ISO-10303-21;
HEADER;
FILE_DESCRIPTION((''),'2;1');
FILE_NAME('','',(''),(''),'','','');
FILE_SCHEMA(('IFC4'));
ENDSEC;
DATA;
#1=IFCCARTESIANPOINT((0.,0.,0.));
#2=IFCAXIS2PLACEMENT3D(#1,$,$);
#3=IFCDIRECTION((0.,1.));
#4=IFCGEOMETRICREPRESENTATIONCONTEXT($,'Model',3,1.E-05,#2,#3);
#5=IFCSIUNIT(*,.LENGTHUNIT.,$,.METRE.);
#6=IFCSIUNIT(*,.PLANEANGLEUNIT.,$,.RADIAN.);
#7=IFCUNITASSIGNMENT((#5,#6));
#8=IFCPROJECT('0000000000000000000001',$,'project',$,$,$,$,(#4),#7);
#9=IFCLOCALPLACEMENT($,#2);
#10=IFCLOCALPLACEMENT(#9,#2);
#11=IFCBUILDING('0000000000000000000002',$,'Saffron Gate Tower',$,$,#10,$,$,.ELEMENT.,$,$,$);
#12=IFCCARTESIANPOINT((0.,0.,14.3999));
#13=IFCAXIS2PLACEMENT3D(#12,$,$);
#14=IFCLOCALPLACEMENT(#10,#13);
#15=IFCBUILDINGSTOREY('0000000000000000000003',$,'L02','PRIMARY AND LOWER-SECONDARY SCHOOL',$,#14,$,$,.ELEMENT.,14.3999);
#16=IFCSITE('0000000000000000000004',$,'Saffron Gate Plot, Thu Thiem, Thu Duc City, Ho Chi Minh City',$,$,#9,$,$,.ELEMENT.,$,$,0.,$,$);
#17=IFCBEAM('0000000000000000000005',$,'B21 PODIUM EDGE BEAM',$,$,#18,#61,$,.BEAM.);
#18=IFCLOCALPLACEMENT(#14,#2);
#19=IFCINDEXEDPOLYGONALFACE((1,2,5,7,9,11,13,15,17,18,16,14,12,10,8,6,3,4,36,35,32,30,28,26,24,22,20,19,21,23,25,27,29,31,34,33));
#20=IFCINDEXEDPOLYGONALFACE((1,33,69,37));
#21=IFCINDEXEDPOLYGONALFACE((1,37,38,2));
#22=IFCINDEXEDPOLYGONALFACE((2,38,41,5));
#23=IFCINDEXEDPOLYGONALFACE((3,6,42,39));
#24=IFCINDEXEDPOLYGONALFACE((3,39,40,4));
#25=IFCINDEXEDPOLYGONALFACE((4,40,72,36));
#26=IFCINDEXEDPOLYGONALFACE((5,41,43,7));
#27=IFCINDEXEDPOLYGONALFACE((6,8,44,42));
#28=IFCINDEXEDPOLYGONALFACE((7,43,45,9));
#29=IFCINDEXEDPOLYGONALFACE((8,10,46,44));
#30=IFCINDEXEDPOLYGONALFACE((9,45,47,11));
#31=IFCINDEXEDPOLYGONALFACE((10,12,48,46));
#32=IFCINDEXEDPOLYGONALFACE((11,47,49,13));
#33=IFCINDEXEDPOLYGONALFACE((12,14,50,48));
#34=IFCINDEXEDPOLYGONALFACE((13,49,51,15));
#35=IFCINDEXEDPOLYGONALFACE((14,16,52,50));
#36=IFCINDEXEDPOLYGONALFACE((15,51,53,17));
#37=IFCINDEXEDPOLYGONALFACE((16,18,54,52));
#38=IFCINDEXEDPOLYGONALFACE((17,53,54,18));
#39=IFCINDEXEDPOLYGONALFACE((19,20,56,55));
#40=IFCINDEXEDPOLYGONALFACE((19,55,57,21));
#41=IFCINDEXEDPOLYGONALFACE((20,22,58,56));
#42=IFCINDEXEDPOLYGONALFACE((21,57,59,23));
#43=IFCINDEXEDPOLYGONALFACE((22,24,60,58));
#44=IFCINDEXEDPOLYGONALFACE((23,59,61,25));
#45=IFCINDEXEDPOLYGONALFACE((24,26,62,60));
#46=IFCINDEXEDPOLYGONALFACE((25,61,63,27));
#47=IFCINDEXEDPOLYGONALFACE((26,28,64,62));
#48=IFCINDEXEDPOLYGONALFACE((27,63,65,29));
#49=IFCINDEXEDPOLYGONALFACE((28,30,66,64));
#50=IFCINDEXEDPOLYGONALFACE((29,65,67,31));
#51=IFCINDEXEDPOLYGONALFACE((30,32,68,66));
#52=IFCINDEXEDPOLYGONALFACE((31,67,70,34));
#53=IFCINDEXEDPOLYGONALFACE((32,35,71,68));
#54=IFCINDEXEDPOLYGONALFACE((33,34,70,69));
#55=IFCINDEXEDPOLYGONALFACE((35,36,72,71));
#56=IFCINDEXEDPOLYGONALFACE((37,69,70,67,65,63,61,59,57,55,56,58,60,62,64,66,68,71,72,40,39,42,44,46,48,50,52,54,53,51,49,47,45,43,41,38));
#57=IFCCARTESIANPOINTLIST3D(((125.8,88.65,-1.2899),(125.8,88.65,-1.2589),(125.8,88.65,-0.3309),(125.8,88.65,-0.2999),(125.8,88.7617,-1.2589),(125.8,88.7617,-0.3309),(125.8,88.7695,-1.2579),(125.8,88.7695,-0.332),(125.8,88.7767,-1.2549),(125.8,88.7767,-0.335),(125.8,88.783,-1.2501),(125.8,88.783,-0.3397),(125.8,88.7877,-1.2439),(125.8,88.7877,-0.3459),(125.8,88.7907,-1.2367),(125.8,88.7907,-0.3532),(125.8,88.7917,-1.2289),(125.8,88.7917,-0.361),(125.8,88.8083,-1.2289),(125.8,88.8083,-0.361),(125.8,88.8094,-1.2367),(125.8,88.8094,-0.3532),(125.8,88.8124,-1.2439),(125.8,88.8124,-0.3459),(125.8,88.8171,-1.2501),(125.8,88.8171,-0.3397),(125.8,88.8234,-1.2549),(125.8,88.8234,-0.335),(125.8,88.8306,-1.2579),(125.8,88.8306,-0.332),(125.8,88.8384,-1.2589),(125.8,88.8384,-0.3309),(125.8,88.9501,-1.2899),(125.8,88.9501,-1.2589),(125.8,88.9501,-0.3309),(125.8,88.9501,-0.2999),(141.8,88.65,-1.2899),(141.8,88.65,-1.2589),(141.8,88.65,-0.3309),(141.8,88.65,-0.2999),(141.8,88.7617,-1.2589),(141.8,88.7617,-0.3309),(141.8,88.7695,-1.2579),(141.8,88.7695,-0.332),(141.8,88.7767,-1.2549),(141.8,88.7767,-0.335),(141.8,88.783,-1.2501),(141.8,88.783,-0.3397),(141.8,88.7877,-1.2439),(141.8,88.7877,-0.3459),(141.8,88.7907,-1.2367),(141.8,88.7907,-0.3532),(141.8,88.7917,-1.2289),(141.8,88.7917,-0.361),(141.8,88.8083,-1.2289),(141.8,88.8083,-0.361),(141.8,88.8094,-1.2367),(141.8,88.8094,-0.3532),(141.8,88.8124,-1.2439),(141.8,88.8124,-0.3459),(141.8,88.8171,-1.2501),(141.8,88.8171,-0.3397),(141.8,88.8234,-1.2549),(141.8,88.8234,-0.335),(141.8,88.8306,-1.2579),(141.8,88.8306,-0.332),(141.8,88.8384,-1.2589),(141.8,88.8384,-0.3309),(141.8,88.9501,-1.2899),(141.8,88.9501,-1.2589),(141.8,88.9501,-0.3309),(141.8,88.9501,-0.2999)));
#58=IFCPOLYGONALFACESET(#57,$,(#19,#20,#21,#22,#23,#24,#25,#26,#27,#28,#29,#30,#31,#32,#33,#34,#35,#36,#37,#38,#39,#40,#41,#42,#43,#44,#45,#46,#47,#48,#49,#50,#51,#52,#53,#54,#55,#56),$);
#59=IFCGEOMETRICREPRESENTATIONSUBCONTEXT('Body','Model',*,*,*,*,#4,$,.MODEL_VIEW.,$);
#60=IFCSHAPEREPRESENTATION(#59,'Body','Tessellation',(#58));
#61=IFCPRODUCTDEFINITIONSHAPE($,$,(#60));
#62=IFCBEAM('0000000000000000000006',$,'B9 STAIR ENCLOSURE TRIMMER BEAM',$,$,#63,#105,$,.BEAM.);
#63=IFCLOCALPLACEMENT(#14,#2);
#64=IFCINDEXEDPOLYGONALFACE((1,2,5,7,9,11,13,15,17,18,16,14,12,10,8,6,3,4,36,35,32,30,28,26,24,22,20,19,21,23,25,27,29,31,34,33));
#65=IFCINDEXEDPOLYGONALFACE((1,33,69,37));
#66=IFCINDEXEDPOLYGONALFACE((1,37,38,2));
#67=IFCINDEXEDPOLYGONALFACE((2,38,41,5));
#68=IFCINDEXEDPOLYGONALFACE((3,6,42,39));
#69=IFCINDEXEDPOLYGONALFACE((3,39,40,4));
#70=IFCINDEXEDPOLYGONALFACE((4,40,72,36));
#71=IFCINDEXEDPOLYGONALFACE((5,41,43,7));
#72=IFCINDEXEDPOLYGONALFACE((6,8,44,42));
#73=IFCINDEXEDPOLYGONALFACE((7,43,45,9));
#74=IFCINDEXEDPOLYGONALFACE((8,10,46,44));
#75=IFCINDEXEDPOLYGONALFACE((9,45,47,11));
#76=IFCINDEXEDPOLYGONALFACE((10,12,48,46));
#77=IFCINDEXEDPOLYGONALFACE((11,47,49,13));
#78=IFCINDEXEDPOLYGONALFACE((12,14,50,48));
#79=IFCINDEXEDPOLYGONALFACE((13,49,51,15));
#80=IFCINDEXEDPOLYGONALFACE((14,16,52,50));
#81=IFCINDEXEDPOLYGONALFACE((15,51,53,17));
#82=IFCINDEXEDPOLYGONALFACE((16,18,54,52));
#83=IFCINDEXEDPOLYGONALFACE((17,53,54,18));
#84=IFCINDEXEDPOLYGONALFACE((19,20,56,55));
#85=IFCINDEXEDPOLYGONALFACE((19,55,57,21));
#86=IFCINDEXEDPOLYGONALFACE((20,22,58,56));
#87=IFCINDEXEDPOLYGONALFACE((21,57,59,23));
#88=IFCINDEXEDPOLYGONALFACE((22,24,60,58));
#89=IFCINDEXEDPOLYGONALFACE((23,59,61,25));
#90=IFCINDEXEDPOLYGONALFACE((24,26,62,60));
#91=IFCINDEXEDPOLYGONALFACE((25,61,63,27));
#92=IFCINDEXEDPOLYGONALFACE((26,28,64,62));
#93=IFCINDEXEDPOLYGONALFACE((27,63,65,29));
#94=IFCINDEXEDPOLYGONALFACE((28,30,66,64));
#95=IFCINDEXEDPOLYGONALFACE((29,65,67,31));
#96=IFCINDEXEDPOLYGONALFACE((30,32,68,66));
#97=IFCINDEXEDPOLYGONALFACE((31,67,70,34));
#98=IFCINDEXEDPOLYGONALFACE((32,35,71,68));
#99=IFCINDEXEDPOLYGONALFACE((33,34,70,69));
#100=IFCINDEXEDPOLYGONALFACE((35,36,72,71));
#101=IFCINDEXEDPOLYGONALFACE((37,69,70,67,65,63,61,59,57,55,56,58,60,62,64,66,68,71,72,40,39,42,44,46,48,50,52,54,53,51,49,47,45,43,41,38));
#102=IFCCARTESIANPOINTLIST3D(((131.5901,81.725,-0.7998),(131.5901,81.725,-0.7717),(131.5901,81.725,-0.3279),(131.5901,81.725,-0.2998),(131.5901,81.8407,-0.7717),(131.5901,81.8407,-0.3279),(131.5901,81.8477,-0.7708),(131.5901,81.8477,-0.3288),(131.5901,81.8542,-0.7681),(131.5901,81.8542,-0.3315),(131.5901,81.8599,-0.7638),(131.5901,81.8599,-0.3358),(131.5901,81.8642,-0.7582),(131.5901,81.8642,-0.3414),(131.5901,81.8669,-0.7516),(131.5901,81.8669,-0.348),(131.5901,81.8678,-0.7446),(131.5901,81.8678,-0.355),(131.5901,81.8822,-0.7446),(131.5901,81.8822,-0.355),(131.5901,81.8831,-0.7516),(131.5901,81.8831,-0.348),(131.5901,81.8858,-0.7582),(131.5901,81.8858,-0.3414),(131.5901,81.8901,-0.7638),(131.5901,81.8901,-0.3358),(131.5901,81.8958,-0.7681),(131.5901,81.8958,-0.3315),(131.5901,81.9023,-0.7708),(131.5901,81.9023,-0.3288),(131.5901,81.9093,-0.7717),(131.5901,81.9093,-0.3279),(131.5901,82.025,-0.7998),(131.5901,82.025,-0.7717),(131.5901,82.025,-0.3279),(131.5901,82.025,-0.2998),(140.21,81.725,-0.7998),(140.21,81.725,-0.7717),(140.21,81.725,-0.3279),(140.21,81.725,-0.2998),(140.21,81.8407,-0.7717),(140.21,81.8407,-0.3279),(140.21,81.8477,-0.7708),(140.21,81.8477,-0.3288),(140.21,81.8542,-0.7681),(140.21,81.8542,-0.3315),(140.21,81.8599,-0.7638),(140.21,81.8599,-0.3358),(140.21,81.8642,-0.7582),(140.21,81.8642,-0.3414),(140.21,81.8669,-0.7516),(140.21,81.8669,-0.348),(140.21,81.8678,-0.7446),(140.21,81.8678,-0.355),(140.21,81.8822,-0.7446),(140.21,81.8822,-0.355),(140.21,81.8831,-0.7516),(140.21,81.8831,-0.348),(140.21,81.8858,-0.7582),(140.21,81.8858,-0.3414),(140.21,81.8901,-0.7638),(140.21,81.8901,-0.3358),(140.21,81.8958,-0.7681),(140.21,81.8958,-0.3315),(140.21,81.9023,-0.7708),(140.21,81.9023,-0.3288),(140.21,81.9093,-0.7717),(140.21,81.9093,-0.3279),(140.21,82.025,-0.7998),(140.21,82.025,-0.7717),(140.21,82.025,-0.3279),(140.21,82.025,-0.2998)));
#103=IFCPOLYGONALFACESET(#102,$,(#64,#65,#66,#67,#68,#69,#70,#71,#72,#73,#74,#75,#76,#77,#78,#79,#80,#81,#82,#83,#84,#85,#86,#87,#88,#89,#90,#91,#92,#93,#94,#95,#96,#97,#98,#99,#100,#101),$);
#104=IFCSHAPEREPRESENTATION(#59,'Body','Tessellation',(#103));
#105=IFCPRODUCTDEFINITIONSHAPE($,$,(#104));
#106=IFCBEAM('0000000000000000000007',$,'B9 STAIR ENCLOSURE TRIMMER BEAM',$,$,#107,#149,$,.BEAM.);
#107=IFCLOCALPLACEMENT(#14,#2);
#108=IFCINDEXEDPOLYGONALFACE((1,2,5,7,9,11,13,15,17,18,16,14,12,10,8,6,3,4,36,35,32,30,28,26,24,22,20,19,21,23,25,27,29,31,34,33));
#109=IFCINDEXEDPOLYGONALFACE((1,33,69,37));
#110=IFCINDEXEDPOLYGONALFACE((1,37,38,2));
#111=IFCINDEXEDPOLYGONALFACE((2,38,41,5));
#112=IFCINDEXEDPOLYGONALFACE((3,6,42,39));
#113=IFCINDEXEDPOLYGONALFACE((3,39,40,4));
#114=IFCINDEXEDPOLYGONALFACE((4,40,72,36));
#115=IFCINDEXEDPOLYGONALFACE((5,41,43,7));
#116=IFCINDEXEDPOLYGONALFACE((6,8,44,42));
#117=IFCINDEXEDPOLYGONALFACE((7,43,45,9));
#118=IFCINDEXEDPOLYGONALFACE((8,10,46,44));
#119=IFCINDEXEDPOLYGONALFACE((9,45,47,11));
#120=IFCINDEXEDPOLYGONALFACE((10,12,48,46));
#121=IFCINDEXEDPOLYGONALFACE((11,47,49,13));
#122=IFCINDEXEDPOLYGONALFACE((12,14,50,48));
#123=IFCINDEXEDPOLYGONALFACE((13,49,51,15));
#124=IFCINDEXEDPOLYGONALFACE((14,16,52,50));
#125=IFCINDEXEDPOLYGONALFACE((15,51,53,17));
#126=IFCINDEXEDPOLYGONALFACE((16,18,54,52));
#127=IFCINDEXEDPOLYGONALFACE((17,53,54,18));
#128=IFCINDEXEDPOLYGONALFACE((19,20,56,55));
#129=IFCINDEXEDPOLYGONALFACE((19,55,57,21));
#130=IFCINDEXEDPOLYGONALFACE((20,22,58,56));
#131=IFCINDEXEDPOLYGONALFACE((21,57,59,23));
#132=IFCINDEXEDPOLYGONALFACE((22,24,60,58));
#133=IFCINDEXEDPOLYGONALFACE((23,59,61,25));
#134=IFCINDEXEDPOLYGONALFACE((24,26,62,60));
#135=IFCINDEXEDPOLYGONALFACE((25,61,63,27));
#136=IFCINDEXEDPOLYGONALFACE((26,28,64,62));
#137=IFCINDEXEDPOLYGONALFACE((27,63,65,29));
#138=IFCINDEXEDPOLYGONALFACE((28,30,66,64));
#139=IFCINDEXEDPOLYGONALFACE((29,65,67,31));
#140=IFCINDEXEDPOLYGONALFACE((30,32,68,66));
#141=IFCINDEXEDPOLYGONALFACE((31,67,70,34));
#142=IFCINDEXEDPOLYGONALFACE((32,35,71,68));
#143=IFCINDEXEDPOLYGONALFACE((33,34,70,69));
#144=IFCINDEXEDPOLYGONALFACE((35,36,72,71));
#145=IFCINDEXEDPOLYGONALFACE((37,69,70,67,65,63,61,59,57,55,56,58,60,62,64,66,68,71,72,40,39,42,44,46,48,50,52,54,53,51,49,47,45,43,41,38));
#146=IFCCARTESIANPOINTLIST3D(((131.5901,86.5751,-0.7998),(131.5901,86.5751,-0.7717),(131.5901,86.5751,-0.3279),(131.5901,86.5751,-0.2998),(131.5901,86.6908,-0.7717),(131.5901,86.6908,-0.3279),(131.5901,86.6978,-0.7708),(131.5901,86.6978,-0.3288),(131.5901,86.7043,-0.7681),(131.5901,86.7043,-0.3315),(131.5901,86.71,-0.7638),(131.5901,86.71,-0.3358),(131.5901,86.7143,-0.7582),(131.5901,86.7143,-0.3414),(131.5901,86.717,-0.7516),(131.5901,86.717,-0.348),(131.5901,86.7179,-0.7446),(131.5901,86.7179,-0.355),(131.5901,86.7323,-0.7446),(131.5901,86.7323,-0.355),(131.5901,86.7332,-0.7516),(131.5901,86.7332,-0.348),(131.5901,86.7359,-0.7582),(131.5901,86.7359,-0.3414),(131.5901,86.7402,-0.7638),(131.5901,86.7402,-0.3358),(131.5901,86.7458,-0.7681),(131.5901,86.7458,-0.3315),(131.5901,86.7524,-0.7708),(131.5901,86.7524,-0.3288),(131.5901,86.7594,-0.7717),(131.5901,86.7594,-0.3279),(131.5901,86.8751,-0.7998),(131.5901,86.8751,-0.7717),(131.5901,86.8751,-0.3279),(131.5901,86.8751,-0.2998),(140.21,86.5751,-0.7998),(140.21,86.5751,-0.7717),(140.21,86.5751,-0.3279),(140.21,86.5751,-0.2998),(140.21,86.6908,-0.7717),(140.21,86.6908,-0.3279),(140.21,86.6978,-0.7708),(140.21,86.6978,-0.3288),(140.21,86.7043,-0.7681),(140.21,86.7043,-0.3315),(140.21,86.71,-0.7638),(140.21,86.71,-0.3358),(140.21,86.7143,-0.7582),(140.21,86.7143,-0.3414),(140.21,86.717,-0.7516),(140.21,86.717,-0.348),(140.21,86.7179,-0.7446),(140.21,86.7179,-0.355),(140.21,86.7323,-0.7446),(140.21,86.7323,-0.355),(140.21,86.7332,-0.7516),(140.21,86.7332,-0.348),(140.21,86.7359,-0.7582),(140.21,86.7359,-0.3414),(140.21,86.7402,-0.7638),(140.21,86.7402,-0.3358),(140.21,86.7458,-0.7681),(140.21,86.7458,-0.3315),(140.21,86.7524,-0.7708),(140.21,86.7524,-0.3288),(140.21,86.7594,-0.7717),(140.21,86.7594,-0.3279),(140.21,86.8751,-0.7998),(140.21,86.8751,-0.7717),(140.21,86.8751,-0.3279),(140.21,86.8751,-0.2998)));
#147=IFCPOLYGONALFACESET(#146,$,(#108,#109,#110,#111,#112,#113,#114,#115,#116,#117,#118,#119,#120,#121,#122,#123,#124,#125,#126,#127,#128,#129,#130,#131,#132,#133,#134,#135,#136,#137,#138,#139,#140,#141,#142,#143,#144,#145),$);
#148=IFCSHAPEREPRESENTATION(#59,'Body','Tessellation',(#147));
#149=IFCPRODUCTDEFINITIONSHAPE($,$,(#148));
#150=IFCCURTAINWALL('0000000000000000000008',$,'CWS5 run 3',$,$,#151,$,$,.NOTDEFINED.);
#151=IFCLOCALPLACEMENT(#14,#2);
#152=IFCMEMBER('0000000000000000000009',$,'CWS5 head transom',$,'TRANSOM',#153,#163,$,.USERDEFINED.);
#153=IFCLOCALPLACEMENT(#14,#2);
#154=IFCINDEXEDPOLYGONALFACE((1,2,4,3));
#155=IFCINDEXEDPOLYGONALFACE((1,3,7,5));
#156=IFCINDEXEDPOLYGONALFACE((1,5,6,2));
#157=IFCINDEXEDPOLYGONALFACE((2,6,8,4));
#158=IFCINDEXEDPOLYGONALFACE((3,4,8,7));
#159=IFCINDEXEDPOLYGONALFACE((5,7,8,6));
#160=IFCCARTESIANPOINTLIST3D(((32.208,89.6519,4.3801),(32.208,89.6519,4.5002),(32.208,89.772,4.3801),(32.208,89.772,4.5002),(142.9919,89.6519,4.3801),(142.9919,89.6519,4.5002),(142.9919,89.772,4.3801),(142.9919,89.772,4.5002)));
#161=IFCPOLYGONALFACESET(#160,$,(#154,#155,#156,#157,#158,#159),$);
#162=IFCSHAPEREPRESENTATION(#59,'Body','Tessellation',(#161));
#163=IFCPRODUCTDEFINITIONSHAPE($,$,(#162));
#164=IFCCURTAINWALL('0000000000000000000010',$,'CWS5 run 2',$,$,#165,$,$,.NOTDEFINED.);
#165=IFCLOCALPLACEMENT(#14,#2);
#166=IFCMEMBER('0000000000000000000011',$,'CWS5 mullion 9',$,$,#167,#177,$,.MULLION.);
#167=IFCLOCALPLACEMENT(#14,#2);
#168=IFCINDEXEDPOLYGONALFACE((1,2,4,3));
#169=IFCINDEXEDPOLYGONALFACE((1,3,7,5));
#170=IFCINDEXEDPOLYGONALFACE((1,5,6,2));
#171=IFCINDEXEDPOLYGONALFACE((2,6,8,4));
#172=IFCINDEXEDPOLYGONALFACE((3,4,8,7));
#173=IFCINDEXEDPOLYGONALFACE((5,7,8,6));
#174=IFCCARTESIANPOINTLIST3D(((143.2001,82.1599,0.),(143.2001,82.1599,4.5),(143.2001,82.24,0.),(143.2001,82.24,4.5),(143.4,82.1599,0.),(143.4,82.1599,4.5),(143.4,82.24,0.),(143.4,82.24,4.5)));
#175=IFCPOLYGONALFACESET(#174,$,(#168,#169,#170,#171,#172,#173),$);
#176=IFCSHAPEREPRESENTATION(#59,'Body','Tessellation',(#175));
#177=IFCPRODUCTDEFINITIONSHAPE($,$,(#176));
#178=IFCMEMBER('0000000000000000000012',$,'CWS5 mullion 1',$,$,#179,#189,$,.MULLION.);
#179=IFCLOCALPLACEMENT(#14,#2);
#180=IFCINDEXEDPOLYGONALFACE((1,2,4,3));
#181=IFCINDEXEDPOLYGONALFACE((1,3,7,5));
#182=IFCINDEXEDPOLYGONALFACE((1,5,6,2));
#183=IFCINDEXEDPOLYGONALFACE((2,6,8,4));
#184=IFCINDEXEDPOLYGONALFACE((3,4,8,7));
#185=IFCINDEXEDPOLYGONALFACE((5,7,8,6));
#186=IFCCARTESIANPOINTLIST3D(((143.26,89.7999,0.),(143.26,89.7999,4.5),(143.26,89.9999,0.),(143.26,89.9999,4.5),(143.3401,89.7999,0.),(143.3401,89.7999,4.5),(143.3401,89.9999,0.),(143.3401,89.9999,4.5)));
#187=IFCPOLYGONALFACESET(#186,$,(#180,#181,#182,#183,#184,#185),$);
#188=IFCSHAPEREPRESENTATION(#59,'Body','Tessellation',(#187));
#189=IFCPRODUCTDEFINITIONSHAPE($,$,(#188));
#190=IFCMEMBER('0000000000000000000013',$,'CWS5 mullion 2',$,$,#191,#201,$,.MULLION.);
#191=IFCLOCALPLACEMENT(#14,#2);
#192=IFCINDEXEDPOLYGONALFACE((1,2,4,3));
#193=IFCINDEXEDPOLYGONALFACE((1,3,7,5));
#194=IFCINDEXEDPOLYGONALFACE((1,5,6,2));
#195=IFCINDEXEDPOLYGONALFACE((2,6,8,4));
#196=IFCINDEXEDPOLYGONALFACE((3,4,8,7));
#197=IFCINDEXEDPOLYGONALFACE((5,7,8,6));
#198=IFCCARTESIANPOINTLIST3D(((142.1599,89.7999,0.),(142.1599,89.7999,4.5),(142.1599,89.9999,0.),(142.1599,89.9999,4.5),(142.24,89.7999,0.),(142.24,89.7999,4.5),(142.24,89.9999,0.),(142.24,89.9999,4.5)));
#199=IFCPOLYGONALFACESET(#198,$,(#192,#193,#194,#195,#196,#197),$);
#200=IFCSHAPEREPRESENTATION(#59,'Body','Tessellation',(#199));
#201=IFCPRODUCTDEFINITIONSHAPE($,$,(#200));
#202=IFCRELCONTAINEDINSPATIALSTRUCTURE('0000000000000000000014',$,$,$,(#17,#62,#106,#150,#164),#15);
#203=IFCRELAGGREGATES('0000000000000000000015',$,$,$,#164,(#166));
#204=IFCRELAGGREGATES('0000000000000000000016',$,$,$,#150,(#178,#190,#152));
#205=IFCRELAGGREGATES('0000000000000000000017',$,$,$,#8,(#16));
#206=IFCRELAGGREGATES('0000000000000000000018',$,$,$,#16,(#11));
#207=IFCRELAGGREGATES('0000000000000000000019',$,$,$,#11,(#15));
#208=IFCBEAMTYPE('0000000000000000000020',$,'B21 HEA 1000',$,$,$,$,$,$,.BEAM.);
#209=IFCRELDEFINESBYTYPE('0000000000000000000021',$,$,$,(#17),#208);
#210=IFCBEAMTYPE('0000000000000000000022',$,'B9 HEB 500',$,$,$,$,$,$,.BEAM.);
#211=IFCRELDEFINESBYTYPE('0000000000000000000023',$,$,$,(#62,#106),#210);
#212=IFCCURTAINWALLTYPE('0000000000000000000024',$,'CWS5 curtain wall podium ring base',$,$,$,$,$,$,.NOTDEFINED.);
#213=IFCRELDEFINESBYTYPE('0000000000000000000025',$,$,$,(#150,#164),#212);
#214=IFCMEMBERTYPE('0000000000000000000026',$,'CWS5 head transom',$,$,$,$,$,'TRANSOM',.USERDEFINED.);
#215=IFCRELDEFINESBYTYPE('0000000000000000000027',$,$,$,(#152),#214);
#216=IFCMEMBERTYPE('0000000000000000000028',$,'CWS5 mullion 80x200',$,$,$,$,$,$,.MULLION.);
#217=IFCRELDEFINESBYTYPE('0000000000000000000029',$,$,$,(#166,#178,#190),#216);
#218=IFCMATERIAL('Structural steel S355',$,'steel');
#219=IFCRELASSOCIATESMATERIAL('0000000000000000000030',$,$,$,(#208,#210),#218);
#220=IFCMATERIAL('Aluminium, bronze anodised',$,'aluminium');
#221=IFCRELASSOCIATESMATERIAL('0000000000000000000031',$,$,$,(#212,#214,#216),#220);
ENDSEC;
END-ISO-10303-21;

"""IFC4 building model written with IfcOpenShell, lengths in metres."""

from ifc_helpers import new_model, si_unit, direction, frame, origin, origin_2d, place, context, subcontext, project, spatial, rectangle, i_section, extrude, material, material_profile, profile_set, type_object, element, aggregate, save


model = new_model("IFC4")

# Units and contexts
model_context = context("Model", 3, precision=1e-05, world=origin(), true_north=direction((0.0, 1.0)))
body_context = subcontext(model_context, "Body", "Model", "MODEL_VIEW")
ifc_project = project(units=[si_unit("LENGTHUNIT", "METRE"), si_unit("PLANEANGLEUNIT", "RADIAN")], contexts=[model_context])

# Site, building, storey
site_placement = place(None, origin())
site = spatial("IfcSite", under=ifc_project, at=site_placement, Name="Saffron Gate Plot, Thu Thiem, Thu Duc City, Ho Chi Minh City", CompositionType="ELEMENT", RefElevation=0.0)
building_placement = place(site_placement, origin())
building = spatial("IfcBuilding", under=site, at=building_placement, Name="Saffron Gate Tower", CompositionType="ELEMENT")
storey_placement = place(building_placement, frame((0.0, 0.0, 14.3999)))
storey = spatial("IfcBuildingStorey", under=building, at=storey_placement, Name="L02", Description="PRIMARY AND LOWER-SECONDARY SCHOOL", CompositionType="ELEMENT", Elevation=14.3999)

# Beams
ifc_material_1 = material(Name="Structural steel S355", Category="steel")
ifc_material_profile_1 = material_profile(ifc_material_1, i_section(OverallWidth=0.3, OverallDepth=0.99, WebThickness=0.0166, FlangeThickness=0.031, FilletRadius=0.03, at=origin_2d()))
ifc_profile_set_1 = profile_set([ifc_material_profile_1], Name="Structural steel S355")
beam_type_1 = type_object("IfcBeamType", Name="B21 HEA 1000", PredefinedType="BEAM", material=ifc_profile_set_1)
beam_1_placement = place(storey_placement, frame((125.8, 88.8, -0.7949), z_axis=(1.0, 0.0, 0.0), x_axis=(0.0, 1.0, 0.0)))
element("IfcBeam", 1, at=beam_1_placement, inside=storey, type_object=beam_type_1, Name="B21 PODIUM EDGE BEAM", PredefinedType="BEAM", context=body_context, shape_type="SweptSolid", body=[
    extrude(i_section(OverallWidth=0.3, OverallDepth=0.99, WebThickness=0.0166, FlangeThickness=0.031, FilletRadius=0.03, at=origin_2d()), origin(), (0.0, 0.0, 1.0), 16.0),
])
ifc_material_profile_2 = material_profile(ifc_material_1, i_section(OverallWidth=0.3, OverallDepth=0.5, WebThickness=0.0144, FlangeThickness=0.0281, FilletRadius=0.0271, at=origin_2d()))
ifc_profile_set_2 = profile_set([ifc_material_profile_2], Name="Structural steel S355")
beam_type_2 = type_object("IfcBeamType", Name="B9 HEB 500", PredefinedType="BEAM", material=ifc_profile_set_2)
for number, where, z_axis, x_axis, name in (
    (2, (131.5901, 81.875, -0.5498), (1.0, 0.0, 0.0), (0.0, 1.0, 0.0), "B9 STAIR ENCLOSURE TRIMMER BEAM"),
    (3, (131.5901, 86.7251, -0.5498), (1.0, 0.0, 0.0), (0.0, 1.0, 0.0), "B9 STAIR ENCLOSURE TRIMMER BEAM"),
):
    element("IfcBeam", number, at=place(storey_placement, frame(where, z_axis=z_axis, x_axis=x_axis)), inside=storey, type_object=beam_type_2, Name=name, PredefinedType="BEAM", context=body_context, shape_type="SweptSolid", body=[
        extrude(i_section(OverallWidth=0.3, OverallDepth=0.5, WebThickness=0.0144, FlangeThickness=0.0281, FilletRadius=0.0271, at=origin_2d()), origin(), (0.0, 0.0, 1.0), 8.6199),
    ])

# Curtain walls, members
ifc_material_2 = material(Name="Aluminium, bronze anodised", Category="aluminium")
curtain_wall_type = type_object("IfcCurtainWallType", Name="CWS5 curtain wall podium ring base", PredefinedType="NOTDEFINED", material=ifc_material_2)
curtain_wall_1_placement = place(storey_placement, origin())
curtain_wall_1 = element("IfcCurtainWall", 4, at=curtain_wall_1_placement, inside=storey, type_object=curtain_wall_type, Name="CWS5 run 3", PredefinedType="NOTDEFINED")
ifc_material_profile_3 = material_profile(ifc_material_2, rectangle(XDim=0.1201, YDim=0.1201, at=origin_2d()))
ifc_profile_set_3 = profile_set([ifc_material_profile_3], Name="Aluminium, bronze anodised")
member_type_1 = type_object("IfcMemberType", Name="CWS5 head transom", ElementType="TRANSOM", PredefinedType="USERDEFINED", material=ifc_profile_set_3)
member_1_placement = place(storey_placement, frame((142.9919, 89.7119, 4.4402), z_axis=(-1.0, 0.0, 0.0), x_axis=(0.0, -1.0, 0.0)))
member_1 = element("IfcMember", 5, at=member_1_placement, type_object=member_type_1, Name="CWS5 head transom", ObjectType="TRANSOM", PredefinedType="USERDEFINED", context=body_context, shape_type="SweptSolid", body=[
    extrude(rectangle(XDim=0.1201, YDim=0.1201, at=origin_2d()), origin(), (0.0, 0.0, 1.0), 110.7839),
])
curtain_wall_2_placement = place(storey_placement, origin())
curtain_wall_2 = element("IfcCurtainWall", 6, at=curtain_wall_2_placement, inside=storey, type_object=curtain_wall_type, Name="CWS5 run 2", PredefinedType="NOTDEFINED")
ifc_material_profile_4 = material_profile(ifc_material_2, rectangle(XDim=0.2, YDim=0.0801, at=origin_2d()))
ifc_profile_set_4 = profile_set([ifc_material_profile_4], Name="Aluminium, bronze anodised")
member_type_2 = type_object("IfcMemberType", Name="CWS5 mullion 80x200", PredefinedType="MULLION", material=ifc_profile_set_4)
member_2_placement = place(storey_placement, frame((143.3, 82.2, 0.0), z_axis=(0.0, 0.0, 1.0), x_axis=(-1.0, 0.0, 0.0)))
member_2 = element("IfcMember", 7, at=member_2_placement, type_object=member_type_2, Name="CWS5 mullion 9", PredefinedType="MULLION", context=body_context, shape_type="SweptSolid", body=[
    extrude(rectangle(XDim=0.2, YDim=0.0801, at=origin_2d()), origin(), (0.0, 0.0, 1.0), 4.5),
])
aggregate(curtain_wall_2, [member_2])

# Members
member_3_placement = place(storey_placement, frame((143.3, 89.8999, 0.0), z_axis=(0.0, 0.0, 1.0), x_axis=(0.0, -1.0, 0.0)))
member_3 = element("IfcMember", 8, at=member_3_placement, type_object=member_type_2, Name="CWS5 mullion 1", PredefinedType="MULLION", context=body_context, shape_type="SweptSolid", body=[
    extrude(rectangle(XDim=0.2, YDim=0.0801, at=origin_2d()), origin(), (0.0, 0.0, 1.0), 4.5),
])
member_4_placement = place(storey_placement, frame((142.2, 89.8999, 0.0), z_axis=(0.0, 0.0, 1.0), x_axis=(0.0, -1.0, 0.0)))
member_4 = element("IfcMember", 9, at=member_4_placement, type_object=member_type_2, Name="CWS5 mullion 2", PredefinedType="MULLION", context=body_context, shape_type="SweptSolid", body=[
    extrude(rectangle(XDim=0.2, YDim=0.0801, at=origin_2d()), origin(), (0.0, 0.0, 1.0), 4.5),
])
aggregate(curtain_wall_1, [member_3, member_4, member_1])

save(model, "model.ifc")
